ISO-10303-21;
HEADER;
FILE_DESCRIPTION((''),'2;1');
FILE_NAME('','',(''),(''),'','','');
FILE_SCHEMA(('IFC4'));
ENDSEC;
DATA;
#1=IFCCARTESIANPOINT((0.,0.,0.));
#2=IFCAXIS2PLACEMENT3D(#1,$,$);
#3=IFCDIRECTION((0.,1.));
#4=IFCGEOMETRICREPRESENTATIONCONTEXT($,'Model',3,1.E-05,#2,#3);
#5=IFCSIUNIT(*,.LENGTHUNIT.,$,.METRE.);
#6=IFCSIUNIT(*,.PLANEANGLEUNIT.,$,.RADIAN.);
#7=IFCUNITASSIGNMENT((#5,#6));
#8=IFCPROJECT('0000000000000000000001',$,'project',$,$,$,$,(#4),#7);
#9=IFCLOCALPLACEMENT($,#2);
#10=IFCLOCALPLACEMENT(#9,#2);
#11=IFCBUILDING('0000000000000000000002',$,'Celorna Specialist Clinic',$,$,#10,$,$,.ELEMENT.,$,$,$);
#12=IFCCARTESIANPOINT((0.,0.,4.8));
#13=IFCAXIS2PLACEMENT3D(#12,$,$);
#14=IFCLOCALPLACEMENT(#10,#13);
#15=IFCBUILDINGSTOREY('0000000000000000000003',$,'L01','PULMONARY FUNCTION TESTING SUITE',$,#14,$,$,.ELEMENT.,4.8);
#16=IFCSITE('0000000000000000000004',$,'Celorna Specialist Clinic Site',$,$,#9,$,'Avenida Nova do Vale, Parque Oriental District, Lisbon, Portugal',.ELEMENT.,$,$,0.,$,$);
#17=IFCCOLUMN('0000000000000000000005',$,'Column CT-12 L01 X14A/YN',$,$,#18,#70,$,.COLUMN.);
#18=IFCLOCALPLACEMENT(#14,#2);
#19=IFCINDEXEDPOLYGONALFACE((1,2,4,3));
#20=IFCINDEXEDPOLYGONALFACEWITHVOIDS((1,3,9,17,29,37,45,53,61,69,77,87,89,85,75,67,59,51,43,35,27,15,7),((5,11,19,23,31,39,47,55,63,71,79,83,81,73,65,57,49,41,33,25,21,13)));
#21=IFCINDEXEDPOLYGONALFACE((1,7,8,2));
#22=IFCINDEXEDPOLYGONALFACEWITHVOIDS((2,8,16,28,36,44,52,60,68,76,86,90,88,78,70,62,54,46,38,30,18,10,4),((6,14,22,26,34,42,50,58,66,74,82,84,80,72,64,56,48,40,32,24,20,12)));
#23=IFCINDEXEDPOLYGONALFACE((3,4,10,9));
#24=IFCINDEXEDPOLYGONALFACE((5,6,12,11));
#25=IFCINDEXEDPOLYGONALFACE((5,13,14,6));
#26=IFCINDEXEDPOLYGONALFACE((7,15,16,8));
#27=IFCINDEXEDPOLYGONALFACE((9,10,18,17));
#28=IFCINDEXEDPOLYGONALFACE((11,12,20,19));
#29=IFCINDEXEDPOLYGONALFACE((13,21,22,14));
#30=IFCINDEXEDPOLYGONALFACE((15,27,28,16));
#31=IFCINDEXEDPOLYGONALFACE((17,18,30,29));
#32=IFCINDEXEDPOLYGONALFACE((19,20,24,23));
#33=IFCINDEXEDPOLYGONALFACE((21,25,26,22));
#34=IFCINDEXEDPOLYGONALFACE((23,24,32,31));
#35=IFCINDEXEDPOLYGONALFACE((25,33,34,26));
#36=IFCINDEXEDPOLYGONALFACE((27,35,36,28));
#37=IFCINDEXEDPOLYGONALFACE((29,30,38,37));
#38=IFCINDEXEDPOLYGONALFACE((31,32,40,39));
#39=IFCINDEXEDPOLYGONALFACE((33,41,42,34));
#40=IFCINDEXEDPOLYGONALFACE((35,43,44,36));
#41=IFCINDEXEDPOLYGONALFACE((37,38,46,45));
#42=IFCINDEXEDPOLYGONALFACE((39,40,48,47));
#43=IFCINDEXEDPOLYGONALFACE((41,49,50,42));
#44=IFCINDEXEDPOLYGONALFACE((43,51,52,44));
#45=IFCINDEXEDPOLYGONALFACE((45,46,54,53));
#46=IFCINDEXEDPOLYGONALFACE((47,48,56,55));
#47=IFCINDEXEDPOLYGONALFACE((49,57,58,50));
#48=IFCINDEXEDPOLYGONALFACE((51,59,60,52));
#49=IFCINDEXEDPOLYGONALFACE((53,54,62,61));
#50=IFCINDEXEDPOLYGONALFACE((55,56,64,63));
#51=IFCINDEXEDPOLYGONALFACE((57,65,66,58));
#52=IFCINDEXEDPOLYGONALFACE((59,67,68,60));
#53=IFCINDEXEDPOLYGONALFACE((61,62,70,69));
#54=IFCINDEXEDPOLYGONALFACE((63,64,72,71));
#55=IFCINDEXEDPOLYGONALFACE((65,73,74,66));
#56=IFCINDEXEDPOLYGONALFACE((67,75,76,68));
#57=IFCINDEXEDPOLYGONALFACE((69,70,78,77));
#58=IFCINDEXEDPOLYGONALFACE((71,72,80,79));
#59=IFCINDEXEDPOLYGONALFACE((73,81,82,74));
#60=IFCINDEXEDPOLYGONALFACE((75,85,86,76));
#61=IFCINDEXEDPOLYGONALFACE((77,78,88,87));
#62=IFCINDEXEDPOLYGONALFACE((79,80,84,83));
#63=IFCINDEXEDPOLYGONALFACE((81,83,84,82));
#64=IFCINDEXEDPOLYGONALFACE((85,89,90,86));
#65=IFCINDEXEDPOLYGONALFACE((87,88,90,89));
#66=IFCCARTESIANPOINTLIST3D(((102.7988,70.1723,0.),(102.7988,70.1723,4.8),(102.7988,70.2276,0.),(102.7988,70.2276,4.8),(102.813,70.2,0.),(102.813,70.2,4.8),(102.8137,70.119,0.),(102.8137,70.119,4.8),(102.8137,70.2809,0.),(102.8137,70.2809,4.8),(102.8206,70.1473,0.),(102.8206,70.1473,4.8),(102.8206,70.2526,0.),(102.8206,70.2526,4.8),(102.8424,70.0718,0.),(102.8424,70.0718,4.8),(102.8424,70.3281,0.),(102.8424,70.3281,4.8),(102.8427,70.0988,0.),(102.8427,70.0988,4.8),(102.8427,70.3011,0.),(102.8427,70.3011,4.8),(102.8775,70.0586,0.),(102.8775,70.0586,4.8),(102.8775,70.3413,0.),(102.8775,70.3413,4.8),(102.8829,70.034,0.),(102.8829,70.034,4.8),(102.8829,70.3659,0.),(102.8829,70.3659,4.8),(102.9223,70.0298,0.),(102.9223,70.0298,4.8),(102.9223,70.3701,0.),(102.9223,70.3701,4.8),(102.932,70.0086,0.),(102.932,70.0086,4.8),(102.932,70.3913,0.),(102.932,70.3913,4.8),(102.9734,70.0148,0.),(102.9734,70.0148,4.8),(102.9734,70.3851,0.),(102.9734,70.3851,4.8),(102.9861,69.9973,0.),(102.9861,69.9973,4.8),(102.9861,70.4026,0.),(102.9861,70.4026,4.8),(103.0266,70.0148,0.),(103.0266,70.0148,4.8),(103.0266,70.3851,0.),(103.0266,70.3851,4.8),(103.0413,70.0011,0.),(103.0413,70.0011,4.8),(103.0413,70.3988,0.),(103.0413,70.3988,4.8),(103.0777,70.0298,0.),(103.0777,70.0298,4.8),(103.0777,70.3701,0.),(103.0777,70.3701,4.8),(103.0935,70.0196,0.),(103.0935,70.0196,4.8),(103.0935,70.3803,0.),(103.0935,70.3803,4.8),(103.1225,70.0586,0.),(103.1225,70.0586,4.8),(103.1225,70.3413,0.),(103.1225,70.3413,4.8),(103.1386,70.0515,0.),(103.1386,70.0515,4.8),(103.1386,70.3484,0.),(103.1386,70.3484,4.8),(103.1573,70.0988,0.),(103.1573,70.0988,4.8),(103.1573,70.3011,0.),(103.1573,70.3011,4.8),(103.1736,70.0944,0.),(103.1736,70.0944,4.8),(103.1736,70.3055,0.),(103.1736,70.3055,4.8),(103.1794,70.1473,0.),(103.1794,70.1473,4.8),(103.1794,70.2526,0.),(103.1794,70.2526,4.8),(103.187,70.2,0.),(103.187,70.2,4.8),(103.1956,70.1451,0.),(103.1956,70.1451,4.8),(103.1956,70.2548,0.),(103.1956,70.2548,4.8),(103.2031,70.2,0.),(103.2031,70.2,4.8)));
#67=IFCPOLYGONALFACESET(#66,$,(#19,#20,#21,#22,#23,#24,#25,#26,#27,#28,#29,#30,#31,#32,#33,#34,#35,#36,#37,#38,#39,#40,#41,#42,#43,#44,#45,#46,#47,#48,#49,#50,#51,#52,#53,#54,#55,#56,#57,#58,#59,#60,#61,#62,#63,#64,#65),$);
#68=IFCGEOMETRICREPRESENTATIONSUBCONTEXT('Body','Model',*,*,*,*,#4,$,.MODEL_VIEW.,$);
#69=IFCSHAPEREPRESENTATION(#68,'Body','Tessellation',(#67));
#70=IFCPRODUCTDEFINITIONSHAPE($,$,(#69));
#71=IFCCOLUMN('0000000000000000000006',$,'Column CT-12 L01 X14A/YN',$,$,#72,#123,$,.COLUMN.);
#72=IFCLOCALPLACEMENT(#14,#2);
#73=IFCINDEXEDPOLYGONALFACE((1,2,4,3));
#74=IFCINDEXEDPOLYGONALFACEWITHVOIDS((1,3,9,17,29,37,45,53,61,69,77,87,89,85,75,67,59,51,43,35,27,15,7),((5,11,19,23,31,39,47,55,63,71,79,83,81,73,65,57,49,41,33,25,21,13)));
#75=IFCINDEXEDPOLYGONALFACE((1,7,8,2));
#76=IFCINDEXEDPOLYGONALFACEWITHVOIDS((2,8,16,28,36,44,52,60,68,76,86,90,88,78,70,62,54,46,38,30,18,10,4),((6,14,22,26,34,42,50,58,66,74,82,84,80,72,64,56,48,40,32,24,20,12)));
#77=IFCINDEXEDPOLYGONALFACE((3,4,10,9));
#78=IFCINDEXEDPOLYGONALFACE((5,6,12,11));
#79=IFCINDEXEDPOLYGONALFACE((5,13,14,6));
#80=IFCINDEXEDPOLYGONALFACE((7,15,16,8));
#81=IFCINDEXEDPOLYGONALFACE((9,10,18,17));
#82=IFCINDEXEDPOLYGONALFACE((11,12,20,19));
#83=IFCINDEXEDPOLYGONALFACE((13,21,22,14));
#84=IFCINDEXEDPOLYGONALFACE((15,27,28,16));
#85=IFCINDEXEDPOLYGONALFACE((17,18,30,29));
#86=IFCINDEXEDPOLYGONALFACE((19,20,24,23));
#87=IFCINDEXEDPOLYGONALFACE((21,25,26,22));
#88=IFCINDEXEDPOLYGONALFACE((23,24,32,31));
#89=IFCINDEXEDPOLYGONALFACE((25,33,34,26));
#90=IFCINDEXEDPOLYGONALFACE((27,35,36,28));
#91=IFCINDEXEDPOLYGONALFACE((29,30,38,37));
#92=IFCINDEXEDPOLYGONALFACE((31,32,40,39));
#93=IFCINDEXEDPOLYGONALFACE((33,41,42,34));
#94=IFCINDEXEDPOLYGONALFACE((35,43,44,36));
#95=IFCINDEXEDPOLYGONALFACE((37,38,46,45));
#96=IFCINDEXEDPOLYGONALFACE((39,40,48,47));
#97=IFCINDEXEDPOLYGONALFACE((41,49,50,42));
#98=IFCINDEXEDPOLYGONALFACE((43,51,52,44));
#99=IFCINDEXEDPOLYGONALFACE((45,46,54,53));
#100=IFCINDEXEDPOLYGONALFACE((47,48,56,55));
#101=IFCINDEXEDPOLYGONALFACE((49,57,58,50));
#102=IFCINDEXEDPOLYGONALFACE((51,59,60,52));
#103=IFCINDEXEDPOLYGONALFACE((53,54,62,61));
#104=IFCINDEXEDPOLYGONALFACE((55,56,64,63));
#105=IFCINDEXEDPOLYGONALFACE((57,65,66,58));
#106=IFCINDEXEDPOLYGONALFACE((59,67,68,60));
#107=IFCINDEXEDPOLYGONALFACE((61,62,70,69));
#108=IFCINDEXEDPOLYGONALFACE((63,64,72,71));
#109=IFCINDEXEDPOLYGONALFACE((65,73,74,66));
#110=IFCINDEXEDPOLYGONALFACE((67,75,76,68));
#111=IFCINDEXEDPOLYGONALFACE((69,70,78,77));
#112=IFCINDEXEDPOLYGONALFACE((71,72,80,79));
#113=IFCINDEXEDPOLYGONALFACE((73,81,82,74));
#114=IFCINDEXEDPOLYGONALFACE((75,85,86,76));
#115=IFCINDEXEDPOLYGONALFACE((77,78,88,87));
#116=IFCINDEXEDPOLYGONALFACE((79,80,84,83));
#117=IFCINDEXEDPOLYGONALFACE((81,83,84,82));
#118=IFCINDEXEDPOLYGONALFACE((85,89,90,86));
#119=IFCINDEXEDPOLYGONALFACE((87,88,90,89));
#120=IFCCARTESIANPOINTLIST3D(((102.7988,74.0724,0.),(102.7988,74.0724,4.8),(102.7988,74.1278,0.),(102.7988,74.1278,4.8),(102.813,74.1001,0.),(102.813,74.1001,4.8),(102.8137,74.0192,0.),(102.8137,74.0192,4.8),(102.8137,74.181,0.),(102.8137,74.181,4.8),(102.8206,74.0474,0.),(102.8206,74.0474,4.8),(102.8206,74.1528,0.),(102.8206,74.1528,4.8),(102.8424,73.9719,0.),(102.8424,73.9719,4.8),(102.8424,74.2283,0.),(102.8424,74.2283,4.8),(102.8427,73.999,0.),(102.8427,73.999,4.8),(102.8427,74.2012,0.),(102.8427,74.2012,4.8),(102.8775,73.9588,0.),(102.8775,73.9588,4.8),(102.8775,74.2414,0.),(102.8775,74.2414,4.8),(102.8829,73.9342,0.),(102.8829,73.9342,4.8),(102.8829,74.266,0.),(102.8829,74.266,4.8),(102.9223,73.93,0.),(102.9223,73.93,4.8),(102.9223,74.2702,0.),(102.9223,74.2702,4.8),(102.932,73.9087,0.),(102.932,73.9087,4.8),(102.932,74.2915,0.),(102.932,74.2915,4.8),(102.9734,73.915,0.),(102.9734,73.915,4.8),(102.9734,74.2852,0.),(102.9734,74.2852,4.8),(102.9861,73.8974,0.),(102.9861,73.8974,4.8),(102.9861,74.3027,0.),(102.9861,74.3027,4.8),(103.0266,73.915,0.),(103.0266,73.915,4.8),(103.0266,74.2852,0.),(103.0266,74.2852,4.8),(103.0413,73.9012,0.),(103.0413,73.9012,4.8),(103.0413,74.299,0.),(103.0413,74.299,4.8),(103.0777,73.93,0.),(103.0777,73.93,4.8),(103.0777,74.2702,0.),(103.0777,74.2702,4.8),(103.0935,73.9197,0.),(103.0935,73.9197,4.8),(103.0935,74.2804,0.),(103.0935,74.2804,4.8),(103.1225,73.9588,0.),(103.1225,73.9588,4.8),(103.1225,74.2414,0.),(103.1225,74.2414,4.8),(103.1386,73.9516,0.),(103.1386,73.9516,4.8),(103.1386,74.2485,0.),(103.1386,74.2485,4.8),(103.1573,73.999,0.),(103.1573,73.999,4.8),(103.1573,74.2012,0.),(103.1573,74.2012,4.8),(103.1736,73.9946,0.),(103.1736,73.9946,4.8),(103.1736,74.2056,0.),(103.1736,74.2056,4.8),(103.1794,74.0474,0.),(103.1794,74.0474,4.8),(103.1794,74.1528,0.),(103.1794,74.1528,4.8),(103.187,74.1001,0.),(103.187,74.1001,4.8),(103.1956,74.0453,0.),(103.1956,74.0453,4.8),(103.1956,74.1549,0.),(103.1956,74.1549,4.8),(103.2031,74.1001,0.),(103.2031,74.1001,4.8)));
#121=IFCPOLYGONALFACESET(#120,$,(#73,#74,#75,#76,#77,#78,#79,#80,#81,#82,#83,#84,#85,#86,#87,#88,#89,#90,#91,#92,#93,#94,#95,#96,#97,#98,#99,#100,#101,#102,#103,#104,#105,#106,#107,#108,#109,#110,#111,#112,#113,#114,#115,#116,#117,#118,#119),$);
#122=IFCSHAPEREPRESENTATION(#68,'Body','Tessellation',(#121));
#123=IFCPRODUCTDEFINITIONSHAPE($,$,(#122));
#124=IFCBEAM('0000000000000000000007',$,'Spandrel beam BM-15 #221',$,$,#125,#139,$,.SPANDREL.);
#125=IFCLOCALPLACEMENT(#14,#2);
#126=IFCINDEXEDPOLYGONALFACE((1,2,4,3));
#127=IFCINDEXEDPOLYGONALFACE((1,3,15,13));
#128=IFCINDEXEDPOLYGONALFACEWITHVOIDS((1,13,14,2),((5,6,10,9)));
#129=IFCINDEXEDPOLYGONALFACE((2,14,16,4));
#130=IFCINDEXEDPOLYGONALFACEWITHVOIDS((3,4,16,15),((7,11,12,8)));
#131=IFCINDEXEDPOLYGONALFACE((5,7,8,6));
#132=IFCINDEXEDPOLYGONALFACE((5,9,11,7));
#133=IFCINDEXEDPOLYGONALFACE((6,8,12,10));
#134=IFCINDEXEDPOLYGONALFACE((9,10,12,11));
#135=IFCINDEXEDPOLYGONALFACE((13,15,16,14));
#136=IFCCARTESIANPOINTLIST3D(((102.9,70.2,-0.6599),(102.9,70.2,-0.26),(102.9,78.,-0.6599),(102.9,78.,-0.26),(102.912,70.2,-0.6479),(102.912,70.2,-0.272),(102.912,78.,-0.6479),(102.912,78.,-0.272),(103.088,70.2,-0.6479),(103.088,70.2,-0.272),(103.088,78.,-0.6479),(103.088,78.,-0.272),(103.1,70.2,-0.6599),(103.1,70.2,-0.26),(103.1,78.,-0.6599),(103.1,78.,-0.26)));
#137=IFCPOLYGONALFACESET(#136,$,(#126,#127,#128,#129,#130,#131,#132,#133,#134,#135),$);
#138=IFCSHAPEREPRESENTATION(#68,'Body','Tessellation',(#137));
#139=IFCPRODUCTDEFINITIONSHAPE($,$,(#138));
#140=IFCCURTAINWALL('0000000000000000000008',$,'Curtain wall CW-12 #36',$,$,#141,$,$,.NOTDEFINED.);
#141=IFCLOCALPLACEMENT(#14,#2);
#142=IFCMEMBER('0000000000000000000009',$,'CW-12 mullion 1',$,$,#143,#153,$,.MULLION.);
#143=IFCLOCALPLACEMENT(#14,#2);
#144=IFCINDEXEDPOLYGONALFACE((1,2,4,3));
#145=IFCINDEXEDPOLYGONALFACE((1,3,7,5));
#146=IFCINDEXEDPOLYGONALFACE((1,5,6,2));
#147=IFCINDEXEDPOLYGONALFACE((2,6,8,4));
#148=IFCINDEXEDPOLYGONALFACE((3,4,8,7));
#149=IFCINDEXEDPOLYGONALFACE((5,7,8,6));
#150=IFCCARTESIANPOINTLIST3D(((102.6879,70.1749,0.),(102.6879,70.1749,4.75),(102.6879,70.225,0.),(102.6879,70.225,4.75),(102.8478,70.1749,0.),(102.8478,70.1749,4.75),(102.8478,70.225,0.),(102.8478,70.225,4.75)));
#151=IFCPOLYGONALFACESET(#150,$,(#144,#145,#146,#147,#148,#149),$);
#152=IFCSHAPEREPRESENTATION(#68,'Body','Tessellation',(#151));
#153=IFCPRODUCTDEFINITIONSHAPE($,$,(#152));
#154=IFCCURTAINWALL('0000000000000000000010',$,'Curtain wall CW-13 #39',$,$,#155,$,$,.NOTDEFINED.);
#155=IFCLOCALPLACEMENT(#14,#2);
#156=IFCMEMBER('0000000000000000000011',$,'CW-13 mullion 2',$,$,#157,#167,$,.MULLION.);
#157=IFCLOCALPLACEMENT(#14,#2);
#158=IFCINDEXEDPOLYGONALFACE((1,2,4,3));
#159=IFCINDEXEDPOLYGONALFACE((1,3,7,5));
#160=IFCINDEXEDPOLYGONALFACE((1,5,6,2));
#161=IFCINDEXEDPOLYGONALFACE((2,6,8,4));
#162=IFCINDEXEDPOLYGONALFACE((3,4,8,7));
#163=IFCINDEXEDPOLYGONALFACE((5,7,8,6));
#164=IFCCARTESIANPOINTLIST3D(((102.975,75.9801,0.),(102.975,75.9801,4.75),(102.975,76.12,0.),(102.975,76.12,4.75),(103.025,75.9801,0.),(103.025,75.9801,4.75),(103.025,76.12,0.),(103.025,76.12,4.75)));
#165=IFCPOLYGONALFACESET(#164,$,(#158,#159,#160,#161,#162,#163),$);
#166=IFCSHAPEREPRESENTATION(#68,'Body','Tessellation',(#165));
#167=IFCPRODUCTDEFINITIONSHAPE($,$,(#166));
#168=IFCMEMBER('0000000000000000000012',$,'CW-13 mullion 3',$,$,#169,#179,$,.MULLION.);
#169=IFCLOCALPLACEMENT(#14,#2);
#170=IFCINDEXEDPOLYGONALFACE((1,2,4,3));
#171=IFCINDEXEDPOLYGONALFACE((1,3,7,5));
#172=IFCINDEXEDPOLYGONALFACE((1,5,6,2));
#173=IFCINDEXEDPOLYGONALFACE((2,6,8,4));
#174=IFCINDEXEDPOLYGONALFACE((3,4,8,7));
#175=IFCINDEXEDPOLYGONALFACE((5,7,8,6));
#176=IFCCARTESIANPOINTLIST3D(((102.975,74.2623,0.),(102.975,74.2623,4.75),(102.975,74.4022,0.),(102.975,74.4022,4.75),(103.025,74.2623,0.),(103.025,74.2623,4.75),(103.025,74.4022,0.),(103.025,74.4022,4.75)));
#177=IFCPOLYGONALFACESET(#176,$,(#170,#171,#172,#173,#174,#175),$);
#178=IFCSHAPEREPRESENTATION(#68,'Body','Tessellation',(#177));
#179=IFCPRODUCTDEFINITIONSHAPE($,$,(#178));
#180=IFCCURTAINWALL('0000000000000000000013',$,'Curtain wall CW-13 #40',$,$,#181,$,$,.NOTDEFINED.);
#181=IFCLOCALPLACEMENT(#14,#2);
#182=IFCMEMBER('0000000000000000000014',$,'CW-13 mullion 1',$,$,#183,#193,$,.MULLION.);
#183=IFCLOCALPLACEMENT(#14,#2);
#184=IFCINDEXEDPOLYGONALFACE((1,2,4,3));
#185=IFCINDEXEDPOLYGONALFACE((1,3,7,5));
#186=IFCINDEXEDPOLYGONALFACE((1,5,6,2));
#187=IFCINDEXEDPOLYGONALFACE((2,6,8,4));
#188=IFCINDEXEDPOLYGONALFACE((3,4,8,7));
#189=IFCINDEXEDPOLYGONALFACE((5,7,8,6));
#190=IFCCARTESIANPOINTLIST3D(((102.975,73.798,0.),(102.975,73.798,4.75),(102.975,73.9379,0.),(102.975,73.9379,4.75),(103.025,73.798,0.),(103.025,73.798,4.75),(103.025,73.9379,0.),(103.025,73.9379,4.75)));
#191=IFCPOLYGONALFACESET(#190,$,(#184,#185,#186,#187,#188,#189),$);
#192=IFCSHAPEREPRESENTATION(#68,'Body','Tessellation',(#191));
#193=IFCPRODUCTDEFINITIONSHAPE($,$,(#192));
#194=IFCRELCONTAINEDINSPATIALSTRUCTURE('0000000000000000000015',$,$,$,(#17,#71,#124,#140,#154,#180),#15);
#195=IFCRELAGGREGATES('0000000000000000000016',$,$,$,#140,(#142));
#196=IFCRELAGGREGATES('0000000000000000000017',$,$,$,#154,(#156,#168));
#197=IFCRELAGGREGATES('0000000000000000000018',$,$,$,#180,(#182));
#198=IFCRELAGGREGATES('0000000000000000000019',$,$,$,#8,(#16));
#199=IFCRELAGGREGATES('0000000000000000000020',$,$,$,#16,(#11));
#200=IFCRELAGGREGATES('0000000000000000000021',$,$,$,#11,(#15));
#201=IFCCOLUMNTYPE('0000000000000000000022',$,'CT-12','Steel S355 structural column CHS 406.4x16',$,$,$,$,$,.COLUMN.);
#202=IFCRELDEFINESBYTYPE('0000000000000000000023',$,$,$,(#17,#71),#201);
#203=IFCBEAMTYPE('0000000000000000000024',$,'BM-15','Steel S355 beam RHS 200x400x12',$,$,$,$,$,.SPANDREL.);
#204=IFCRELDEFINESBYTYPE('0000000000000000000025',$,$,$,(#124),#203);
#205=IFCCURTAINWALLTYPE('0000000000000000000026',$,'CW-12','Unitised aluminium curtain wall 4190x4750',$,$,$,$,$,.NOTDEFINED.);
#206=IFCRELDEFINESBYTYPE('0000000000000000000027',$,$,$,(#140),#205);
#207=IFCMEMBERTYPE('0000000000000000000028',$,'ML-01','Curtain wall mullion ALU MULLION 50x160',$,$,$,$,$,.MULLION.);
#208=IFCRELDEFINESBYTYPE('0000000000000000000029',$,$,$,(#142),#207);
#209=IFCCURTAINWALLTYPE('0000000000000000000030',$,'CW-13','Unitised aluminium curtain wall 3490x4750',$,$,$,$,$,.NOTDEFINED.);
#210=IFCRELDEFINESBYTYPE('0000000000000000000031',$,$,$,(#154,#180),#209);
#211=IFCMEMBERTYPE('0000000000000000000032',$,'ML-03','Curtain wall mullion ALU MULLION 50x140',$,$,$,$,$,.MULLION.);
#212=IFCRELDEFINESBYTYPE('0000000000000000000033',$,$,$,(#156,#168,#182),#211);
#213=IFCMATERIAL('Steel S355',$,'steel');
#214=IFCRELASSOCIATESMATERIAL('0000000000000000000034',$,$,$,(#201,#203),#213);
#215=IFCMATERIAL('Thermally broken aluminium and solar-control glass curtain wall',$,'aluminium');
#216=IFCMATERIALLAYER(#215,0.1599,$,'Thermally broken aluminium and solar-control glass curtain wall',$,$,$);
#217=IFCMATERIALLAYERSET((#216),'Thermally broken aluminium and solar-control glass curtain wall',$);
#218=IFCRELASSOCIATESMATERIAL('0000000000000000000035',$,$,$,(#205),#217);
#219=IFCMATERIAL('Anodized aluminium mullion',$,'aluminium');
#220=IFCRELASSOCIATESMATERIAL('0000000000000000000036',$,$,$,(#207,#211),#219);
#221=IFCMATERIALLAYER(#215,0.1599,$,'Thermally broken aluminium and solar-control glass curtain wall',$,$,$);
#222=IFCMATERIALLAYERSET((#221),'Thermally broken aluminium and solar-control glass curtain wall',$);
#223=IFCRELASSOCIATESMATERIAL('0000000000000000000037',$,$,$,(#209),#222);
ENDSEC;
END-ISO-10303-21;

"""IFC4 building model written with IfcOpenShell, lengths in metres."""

from ifc_helpers import new_model, si_unit, direction, frame, origin, origin_2d, place, context, subcontext, project, spatial, rectangle, hollow_rectangle, hollow_circle, extrude, material, layer, layer_set, material_profile, profile_set, type_object, element, aggregate, save


model = new_model("IFC4")

# Units and contexts
model_context = context("Model", 3, precision=1e-05, world=origin(), true_north=direction((0.0, 1.0)))
body_context = subcontext(model_context, "Body", "Model", "MODEL_VIEW")
ifc_project = project(units=[si_unit("LENGTHUNIT", "METRE"), si_unit("PLANEANGLEUNIT", "RADIAN")], contexts=[model_context])

# Site, building, storey
site_placement = place(None, origin())
site = spatial("IfcSite", under=ifc_project, at=site_placement, Name="Celorna Specialist Clinic Site", LongName="Avenida Nova do Vale, Parque Oriental District, Lisbon, Portugal", CompositionType="ELEMENT", RefElevation=0.0)
building_placement = place(site_placement, origin())
building = spatial("IfcBuilding", under=site, at=building_placement, Name="Celorna Specialist Clinic", CompositionType="ELEMENT")
storey_placement = place(building_placement, frame((0.0, 0.0, 4.8)))
storey = spatial("IfcBuildingStorey", under=building, at=storey_placement, Name="L01", Description="PULMONARY FUNCTION TESTING SUITE", CompositionType="ELEMENT", Elevation=4.8)

# Columns
ifc_material_1 = material(Name="Steel S355", Category="steel")
ifc_material_profile_1 = material_profile(ifc_material_1, hollow_circle(Radius=0.2031, WallThickness=0.0161, at=origin_2d()), Name="CHS 406.4x16")
ifc_profile_set_1 = profile_set([ifc_material_profile_1], Name="Steel S355")
column_type = type_object("IfcColumnType", Name="CT-12", Description="Steel S355 structural column CHS 406.4x16", PredefinedType="COLUMN", material=ifc_profile_set_1)
for number, where, z_axis, x_axis, name in (
    (1, (103.0, 70.2, 0.0), (0.0, 0.0, 1.0), (1.0, 0.0, 0.0), "Column CT-12 L01 X14A/YN"),
    (2, (103.0, 74.1001, 0.0), (0.0, 0.0, 1.0), (1.0, 0.0, 0.0), "Column CT-12 L01 X14A/YN"),
):
    element("IfcColumn", number, at=place(storey_placement, frame(where, z_axis=z_axis, x_axis=x_axis)), inside=storey, type_object=column_type, Name=name, PredefinedType="COLUMN", context=body_context, shape_type="SweptSolid", body=[
        extrude(hollow_circle(Radius=0.2031, WallThickness=0.0161, at=origin_2d()), origin(), (0.0, 0.0, 1.0), 4.8),
    ])

# Beam
ifc_material_profile_2 = material_profile(ifc_material_1, hollow_rectangle(XDim=0.2, YDim=0.3999, WallThickness=0.012, at=origin_2d()), Name="RHS 200x400x12")
ifc_profile_set_2 = profile_set([ifc_material_profile_2], Name="Steel S355")
beam_type = type_object("IfcBeamType", Name="BM-15", Description="Steel S355 beam RHS 200x400x12", PredefinedType="SPANDREL", material=ifc_profile_set_2)
beam_placement = place(storey_placement, frame((103.0, 70.2, -0.46), z_axis=(0.0, 1.0, 0.0), x_axis=(-1.0, 0.0, 0.0)))
element("IfcBeam", 3, at=beam_placement, inside=storey, type_object=beam_type, Name="Spandrel beam BM-15 #221", PredefinedType="SPANDREL", context=body_context, shape_type="SweptSolid", body=[
    extrude(hollow_rectangle(XDim=0.2, YDim=0.3999, WallThickness=0.012, at=origin_2d()), origin(), (0.0, 0.0, 1.0), 7.8),
])

# Curtain wall, member
ifc_material_2 = material(Name="Thermally broken aluminium and solar-control glass curtain wall", Category="aluminium")
ifc_layer_1 = layer(ifc_material_2, 0.1599, Name="Thermally broken aluminium and solar-control glass curtain wall")
ifc_layer_set_1 = layer_set([ifc_layer_1], Name="Thermally broken aluminium and solar-control glass curtain wall")
curtain_wall_type_1 = type_object("IfcCurtainWallType", Name="CW-12", Description="Unitised aluminium curtain wall 4190x4750", PredefinedType="NOTDEFINED", material=ifc_layer_set_1)
curtain_wall_1_placement = place(storey_placement, origin())
curtain_wall_1 = element("IfcCurtainWall", 4, at=curtain_wall_1_placement, inside=storey, type_object=curtain_wall_type_1, Name="Curtain wall CW-12 #36", PredefinedType="NOTDEFINED")
ifc_material_3 = material(Name="Anodized aluminium mullion", Category="aluminium")
ifc_material_profile_3 = material_profile(ifc_material_3, rectangle(XDim=0.05, YDim=0.1599, at=origin_2d()), Name="ALU MULLION 50x160")
ifc_profile_set_3 = profile_set([ifc_material_profile_3], Name="Anodized aluminium mullion")
member_type_1 = type_object("IfcMemberType", Name="ML-01", Description="Curtain wall mullion ALU MULLION 50x160", PredefinedType="MULLION", material=ifc_profile_set_3)
member_1_placement = place(storey_placement, frame((102.7678, 70.2, 0.0), z_axis=(0.0, 0.0, 1.0), x_axis=(0.0, -1.0, 0.0)))
member_1 = element("IfcMember", 5, at=member_1_placement, type_object=member_type_1, Name="CW-12 mullion 1", PredefinedType="MULLION", context=body_context, shape_type="SweptSolid", body=[
    extrude(rectangle(XDim=0.05, YDim=0.1599, at=origin_2d()), origin(), (0.0, 0.0, 1.0), 4.75),
])

# Curtain walls, members
ifc_layer_2 = layer(ifc_material_2, 0.1599, Name="Thermally broken aluminium and solar-control glass curtain wall")
ifc_layer_set_2 = layer_set([ifc_layer_2], Name="Thermally broken aluminium and solar-control glass curtain wall")
curtain_wall_type_2 = type_object("IfcCurtainWallType", Name="CW-13", Description="Unitised aluminium curtain wall 3490x4750", PredefinedType="NOTDEFINED", material=ifc_layer_set_2)
curtain_wall_2_placement = place(storey_placement, origin())
curtain_wall_2 = element("IfcCurtainWall", 6, at=curtain_wall_2_placement, inside=storey, type_object=curtain_wall_type_2, Name="Curtain wall CW-13 #39", PredefinedType="NOTDEFINED")
ifc_material_profile_4 = material_profile(ifc_material_3, rectangle(XDim=0.05, YDim=0.1399, at=origin_2d()), Name="ALU MULLION 50x140")
ifc_profile_set_4 = profile_set([ifc_material_profile_4], Name="Anodized aluminium mullion")
member_type_2 = type_object("IfcMemberType", Name="ML-03", Description="Curtain wall mullion ALU MULLION 50x140", PredefinedType="MULLION", material=ifc_profile_set_4)
member_2_placement = place(storey_placement, frame((103.0, 76.05, 0.0), z_axis=(0.0, 0.0, 1.0), x_axis=(1.0, 0.0, 0.0)))
member_2 = element("IfcMember", 7, at=member_2_placement, type_object=member_type_2, Name="CW-13 mullion 2", PredefinedType="MULLION", context=body_context, shape_type="SweptSolid", body=[
    extrude(rectangle(XDim=0.05, YDim=0.1399, at=origin_2d()), origin(), (0.0, 0.0, 1.0), 4.75),
])
member_3_placement = place(storey_placement, frame((103.0, 74.3323, 0.0), z_axis=(0.0, 0.0, 1.0), x_axis=(1.0, 0.0, 0.0)))
member_3 = element("IfcMember", 8, at=member_3_placement, type_object=member_type_2, Name="CW-13 mullion 3", PredefinedType="MULLION", context=body_context, shape_type="SweptSolid", body=[
    extrude(rectangle(XDim=0.05, YDim=0.1399, at=origin_2d()), origin(), (0.0, 0.0, 1.0), 4.75),
])
curtain_wall_3_placement = place(storey_placement, origin())
curtain_wall_3 = element("IfcCurtainWall", 9, at=curtain_wall_3_placement, inside=storey, type_object=curtain_wall_type_2, Name="Curtain wall CW-13 #40", PredefinedType="NOTDEFINED")
member_4_placement = place(storey_placement, frame((103.0, 73.8679, 0.0), z_axis=(0.0, 0.0, 1.0), x_axis=(1.0, 0.0, 0.0)))
member_4 = element("IfcMember", 10, at=member_4_placement, type_object=member_type_2, Name="CW-13 mullion 1", PredefinedType="MULLION", context=body_context, shape_type="SweptSolid", body=[
    extrude(rectangle(XDim=0.05, YDim=0.1399, at=origin_2d()), origin(), (0.0, 0.0, 1.0), 4.75),
])

aggregate(curtain_wall_1, [member_1])

aggregate(curtain_wall_2, [member_2, member_3])
aggregate(curtain_wall_3, [member_4])

save(model, "model.ifc")
